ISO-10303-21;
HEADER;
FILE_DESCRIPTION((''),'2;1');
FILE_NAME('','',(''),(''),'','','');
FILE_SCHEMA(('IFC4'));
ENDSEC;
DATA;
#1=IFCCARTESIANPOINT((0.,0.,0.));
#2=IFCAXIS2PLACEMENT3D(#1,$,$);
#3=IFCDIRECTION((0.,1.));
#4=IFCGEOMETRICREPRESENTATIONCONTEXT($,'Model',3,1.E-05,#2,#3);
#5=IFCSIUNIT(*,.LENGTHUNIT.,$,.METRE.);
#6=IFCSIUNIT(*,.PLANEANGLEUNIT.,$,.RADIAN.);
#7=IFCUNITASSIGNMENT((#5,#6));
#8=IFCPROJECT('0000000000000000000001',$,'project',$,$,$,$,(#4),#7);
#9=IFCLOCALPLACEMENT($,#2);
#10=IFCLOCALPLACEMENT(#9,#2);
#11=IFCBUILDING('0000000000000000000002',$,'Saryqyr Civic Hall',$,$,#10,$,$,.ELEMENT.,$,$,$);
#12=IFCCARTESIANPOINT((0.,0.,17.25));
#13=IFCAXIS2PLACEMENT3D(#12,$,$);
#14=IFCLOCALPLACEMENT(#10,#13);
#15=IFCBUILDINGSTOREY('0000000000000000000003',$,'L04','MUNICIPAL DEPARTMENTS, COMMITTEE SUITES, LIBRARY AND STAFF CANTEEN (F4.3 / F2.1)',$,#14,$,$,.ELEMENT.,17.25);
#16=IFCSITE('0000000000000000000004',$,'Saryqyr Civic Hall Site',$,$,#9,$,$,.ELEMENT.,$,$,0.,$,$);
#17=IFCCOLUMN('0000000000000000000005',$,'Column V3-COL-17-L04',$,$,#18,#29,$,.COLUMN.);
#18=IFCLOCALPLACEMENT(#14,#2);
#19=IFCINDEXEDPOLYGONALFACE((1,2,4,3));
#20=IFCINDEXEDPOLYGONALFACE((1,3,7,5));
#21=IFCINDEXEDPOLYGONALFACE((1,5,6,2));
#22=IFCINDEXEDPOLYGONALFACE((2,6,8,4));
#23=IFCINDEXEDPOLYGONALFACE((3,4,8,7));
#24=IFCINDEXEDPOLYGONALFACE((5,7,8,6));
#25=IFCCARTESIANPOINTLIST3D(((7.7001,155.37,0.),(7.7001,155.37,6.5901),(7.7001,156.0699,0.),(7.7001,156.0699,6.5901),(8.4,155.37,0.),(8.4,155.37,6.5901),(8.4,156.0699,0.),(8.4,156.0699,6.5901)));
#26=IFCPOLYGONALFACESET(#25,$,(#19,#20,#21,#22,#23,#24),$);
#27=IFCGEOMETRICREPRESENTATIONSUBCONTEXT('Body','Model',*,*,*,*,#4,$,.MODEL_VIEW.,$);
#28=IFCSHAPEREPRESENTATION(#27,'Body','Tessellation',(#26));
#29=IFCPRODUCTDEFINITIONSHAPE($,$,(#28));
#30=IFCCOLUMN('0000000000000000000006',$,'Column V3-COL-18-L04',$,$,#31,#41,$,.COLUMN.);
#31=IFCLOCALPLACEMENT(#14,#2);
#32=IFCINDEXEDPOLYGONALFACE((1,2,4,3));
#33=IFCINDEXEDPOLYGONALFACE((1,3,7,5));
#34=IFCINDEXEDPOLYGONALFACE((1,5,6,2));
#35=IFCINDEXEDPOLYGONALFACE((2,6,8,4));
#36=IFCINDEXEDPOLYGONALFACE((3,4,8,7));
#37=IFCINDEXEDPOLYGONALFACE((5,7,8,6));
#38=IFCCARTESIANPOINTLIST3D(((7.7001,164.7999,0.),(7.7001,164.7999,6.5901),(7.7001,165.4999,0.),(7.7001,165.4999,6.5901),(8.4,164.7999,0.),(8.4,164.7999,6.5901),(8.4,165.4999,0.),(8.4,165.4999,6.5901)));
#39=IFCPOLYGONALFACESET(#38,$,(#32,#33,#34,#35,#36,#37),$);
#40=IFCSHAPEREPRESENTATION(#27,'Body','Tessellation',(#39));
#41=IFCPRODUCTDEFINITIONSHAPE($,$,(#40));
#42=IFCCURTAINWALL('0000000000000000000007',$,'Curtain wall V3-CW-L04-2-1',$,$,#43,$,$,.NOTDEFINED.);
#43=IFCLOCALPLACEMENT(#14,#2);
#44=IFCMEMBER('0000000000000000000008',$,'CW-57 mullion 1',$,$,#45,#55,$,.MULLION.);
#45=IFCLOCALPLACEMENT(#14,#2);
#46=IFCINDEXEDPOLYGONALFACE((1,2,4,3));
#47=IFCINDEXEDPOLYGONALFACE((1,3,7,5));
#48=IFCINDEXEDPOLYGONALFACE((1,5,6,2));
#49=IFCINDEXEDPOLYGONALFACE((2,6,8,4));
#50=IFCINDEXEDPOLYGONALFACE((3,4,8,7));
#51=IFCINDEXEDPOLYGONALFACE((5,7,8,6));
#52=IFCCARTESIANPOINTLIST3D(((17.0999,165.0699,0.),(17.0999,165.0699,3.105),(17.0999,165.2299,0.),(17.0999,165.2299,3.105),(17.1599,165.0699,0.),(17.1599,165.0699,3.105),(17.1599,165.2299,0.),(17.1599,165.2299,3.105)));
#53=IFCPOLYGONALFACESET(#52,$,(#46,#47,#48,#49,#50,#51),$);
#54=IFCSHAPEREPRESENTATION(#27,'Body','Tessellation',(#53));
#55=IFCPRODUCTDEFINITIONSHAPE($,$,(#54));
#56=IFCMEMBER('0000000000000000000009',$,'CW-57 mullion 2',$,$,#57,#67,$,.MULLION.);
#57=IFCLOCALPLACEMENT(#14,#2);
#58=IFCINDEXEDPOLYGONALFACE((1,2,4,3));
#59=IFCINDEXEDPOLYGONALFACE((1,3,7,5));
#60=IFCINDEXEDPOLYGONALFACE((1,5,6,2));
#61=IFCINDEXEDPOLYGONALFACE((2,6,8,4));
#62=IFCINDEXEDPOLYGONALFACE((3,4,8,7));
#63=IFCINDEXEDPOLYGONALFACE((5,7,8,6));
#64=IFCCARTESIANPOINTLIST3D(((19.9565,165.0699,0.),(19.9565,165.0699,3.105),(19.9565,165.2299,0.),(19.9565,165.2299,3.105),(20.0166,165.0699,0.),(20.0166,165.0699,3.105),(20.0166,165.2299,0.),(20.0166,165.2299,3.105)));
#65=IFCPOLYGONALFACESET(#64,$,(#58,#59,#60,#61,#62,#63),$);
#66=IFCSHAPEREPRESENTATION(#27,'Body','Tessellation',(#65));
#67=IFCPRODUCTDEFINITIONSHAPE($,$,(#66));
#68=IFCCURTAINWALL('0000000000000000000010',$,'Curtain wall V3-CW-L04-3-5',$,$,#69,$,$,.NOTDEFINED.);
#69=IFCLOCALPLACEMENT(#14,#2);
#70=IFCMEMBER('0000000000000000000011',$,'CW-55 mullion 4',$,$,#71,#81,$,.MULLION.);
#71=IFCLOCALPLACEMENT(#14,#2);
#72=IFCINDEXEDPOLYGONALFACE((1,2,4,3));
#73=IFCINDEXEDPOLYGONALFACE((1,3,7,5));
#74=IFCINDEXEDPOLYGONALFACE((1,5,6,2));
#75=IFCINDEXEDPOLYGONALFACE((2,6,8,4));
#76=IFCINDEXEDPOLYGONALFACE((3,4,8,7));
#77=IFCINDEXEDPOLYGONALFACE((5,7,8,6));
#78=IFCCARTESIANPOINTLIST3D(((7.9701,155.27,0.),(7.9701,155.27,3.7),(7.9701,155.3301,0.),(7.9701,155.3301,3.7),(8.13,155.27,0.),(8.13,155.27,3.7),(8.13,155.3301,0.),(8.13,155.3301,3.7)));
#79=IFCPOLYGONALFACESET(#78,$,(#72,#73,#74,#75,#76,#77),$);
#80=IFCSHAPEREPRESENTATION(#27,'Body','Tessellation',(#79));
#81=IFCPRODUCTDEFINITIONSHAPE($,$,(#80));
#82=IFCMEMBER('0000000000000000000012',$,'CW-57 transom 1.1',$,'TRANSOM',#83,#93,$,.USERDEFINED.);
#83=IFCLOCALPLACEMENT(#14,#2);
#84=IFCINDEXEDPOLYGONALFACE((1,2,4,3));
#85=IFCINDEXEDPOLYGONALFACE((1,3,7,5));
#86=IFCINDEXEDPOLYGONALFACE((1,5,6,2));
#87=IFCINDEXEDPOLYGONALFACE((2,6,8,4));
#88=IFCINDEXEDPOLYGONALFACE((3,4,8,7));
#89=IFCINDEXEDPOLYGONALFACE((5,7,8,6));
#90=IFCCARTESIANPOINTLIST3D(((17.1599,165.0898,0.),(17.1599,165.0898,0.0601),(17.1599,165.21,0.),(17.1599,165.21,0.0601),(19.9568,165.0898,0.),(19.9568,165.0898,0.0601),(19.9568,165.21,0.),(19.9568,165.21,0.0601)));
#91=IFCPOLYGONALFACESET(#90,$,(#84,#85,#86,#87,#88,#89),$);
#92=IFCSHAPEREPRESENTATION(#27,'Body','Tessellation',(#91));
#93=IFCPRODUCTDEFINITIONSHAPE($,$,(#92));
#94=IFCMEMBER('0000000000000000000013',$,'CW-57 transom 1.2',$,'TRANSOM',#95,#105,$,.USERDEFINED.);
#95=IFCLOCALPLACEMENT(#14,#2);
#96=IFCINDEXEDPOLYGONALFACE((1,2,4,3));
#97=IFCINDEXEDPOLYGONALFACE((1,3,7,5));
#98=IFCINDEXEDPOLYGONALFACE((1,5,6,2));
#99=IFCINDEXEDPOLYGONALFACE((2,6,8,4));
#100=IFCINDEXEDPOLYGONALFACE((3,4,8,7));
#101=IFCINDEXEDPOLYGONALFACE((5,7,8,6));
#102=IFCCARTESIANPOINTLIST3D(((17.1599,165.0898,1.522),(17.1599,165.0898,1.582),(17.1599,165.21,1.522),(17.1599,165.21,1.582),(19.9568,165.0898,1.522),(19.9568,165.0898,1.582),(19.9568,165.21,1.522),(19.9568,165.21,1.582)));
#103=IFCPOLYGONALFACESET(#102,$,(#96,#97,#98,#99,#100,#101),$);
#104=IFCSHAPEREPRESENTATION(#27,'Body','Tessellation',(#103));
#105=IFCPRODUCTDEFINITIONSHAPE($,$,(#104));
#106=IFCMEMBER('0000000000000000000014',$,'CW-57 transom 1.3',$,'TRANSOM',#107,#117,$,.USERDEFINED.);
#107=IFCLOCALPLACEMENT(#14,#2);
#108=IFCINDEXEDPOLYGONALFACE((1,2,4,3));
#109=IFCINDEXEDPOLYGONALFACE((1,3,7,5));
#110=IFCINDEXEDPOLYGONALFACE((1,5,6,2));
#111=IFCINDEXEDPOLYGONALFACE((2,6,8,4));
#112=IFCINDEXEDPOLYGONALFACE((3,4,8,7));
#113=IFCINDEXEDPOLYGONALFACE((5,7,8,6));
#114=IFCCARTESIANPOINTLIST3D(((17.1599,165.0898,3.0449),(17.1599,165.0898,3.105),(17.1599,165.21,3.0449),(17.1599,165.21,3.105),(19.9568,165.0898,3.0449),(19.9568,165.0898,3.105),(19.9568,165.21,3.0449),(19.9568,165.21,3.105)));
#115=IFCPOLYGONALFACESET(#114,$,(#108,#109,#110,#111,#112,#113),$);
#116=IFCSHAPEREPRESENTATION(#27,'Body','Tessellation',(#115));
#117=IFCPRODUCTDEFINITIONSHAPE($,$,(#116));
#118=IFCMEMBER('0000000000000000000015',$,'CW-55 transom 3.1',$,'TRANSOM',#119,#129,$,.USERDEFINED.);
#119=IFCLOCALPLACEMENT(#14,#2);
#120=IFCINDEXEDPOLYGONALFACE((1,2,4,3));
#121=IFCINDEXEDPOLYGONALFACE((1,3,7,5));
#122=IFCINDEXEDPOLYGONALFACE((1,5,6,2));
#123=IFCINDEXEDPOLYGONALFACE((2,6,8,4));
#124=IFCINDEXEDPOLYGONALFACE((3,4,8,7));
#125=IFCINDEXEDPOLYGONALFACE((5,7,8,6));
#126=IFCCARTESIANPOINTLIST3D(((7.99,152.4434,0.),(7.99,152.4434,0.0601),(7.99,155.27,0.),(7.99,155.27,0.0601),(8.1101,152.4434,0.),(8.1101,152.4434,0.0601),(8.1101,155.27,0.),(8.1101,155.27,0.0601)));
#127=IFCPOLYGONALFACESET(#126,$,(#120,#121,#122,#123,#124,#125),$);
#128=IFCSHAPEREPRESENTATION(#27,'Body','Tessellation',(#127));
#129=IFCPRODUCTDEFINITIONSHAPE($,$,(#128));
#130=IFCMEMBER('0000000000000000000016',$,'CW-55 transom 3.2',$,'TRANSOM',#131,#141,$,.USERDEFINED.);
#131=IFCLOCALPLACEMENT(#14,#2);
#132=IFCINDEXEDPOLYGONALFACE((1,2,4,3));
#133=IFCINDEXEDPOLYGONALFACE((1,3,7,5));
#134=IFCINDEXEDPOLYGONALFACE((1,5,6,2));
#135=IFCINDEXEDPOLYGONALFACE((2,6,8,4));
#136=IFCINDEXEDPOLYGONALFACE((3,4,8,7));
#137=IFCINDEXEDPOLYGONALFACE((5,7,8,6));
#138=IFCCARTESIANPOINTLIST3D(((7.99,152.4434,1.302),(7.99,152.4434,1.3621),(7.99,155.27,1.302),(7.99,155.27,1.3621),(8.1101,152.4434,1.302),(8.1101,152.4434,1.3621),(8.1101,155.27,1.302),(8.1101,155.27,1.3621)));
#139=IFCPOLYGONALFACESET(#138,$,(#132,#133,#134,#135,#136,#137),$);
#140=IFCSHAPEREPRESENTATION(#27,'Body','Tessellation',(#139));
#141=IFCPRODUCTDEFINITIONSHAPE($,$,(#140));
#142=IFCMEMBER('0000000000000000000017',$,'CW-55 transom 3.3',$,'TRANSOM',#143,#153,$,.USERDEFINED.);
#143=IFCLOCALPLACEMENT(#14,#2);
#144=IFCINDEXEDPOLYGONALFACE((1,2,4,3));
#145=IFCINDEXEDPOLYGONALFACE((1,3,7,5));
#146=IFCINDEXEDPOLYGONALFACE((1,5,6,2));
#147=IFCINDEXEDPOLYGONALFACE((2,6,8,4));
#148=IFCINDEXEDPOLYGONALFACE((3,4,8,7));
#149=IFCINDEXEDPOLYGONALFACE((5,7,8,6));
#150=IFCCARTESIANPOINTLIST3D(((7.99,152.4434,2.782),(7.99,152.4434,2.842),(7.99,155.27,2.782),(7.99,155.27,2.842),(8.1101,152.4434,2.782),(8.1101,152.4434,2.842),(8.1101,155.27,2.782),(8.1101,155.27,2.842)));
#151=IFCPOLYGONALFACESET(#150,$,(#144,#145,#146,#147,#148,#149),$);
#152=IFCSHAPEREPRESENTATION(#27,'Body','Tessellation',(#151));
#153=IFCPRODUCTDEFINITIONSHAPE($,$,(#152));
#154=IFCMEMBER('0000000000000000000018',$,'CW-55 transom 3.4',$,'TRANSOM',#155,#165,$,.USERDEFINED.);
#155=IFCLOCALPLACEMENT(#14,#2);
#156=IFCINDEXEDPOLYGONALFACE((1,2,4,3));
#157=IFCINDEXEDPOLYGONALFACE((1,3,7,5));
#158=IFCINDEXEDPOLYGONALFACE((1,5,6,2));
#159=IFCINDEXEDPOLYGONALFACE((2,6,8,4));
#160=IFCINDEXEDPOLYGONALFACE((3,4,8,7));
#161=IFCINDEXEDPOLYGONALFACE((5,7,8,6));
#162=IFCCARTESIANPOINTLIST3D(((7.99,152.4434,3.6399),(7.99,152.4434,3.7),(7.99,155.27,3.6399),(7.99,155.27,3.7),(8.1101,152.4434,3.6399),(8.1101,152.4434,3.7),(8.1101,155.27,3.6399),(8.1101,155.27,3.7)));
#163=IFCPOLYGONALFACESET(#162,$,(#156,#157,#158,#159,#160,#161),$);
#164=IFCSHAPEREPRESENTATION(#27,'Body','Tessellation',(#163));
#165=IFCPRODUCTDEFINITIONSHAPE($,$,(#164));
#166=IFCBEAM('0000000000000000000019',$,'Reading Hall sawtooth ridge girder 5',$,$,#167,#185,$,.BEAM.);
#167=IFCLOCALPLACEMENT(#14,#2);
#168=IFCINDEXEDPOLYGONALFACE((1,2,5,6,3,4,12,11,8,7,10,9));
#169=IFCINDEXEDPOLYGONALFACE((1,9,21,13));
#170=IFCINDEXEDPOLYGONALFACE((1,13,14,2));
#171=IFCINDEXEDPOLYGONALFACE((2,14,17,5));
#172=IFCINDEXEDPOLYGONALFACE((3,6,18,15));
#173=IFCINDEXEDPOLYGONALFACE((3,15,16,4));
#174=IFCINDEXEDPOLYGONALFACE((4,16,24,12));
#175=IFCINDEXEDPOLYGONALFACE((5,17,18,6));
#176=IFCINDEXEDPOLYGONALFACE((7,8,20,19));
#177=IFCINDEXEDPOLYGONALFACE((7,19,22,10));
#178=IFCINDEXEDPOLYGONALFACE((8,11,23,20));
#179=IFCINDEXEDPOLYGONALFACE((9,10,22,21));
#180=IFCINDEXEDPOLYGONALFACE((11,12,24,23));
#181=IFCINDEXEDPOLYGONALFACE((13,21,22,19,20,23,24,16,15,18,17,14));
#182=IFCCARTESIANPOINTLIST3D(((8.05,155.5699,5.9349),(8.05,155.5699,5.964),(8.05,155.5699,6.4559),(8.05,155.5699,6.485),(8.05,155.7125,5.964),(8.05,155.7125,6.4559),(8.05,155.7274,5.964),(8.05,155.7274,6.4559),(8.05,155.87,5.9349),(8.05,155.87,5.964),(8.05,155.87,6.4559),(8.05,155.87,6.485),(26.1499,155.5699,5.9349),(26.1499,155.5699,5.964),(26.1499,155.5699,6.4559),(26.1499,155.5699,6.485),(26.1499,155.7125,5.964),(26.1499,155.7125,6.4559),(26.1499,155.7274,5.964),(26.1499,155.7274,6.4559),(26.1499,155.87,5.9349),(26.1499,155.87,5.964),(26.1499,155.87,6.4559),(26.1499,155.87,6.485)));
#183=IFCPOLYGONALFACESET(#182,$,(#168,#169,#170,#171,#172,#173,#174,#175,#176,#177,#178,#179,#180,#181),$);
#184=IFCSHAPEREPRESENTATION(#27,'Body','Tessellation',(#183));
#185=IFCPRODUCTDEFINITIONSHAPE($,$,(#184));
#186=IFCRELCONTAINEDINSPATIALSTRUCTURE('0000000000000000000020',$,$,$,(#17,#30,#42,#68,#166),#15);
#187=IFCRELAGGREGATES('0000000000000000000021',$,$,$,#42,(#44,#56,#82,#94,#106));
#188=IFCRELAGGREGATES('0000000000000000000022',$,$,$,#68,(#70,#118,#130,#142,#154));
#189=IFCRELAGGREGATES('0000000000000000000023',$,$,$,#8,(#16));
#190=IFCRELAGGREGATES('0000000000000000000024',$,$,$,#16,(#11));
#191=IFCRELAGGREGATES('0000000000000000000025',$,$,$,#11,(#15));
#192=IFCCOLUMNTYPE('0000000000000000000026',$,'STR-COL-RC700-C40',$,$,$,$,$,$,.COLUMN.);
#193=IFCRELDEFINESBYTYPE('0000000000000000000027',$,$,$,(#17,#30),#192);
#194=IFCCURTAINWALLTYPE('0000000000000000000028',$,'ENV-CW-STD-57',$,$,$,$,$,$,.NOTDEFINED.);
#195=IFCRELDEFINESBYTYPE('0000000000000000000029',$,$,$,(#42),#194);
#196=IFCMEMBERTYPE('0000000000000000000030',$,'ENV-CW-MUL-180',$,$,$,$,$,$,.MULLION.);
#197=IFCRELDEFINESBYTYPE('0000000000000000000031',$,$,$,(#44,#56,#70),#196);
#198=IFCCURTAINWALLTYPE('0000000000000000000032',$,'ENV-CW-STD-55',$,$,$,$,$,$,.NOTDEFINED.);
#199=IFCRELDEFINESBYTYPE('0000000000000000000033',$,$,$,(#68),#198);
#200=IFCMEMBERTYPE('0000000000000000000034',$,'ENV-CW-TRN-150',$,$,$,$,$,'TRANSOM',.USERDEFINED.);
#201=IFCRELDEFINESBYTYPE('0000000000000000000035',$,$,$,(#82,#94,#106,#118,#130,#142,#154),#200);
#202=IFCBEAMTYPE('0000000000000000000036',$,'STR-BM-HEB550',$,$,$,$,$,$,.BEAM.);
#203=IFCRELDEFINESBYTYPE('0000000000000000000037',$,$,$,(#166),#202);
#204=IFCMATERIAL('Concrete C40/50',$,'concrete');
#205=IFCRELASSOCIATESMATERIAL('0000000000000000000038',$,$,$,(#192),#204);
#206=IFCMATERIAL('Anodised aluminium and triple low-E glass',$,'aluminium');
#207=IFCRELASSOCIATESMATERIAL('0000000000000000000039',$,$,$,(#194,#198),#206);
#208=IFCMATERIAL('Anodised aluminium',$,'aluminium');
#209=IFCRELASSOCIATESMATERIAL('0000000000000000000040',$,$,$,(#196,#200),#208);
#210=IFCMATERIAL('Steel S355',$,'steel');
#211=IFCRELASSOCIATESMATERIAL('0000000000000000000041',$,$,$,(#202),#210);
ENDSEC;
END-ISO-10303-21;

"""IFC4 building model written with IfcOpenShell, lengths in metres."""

from ifc_helpers import new_model, si_unit, direction, frame, origin, origin_2d, place, context, subcontext, project, spatial, rectangle, i_section, extrude, material, material_profile, profile_set, type_object, element, aggregate, save


model = new_model("IFC4")

# Units and contexts
model_context = context("Model", 3, precision=1e-05, world=origin(), true_north=direction((0.0, 1.0)))
body_context = subcontext(model_context, "Body", "Model", "MODEL_VIEW")
ifc_project = project(units=[si_unit("LENGTHUNIT", "METRE"), si_unit("PLANEANGLEUNIT", "RADIAN")], contexts=[model_context])

# Site, building, storey
site_placement = place(None, origin())
site = spatial("IfcSite", under=ifc_project, at=site_placement, Name="Saryqyr Civic Hall Site", CompositionType="ELEMENT", RefElevation=0.0)
building_placement = place(site_placement, origin())
building = spatial("IfcBuilding", under=site, at=building_placement, Name="Saryqyr Civic Hall", CompositionType="ELEMENT")
storey_placement = place(building_placement, frame((0.0, 0.0, 17.25)))
storey = spatial("IfcBuildingStorey", under=building, at=storey_placement, Name="L04", Description="MUNICIPAL DEPARTMENTS, COMMITTEE SUITES, LIBRARY AND STAFF CANTEEN (F4.3 / F2.1)", CompositionType="ELEMENT", Elevation=17.25)

# Columns
ifc_material_1 = material(Name="Concrete C40/50", Category="concrete")
ifc_material_profile_1 = material_profile(ifc_material_1, rectangle(XDim=0.7, YDim=0.7, at=origin_2d()), Name="RC 700x700")
ifc_profile_set_1 = profile_set([ifc_material_profile_1], Name="Concrete C40/50")
column_type = type_object("IfcColumnType", Name="STR-COL-RC700-C40", PredefinedType="COLUMN", material=ifc_profile_set_1)
for number, where, z_axis, x_axis, name in (
    (1, (8.05, 155.72, 0.0), (0.0, 0.0, 1.0), (1.0, 0.0, 0.0), "Column V3-COL-17-L04"),
    (2, (8.05, 165.1499, 0.0), (0.0, 0.0, 1.0), (1.0, 0.0, 0.0), "Column V3-COL-18-L04"),
):
    element("IfcColumn", number, at=place(storey_placement, frame(where, z_axis=z_axis, x_axis=x_axis)), inside=storey, type_object=column_type, Name=name, PredefinedType="COLUMN", context=body_context, shape_type="SweptSolid", body=[
        extrude(rectangle(XDim=0.7, YDim=0.7, at=origin_2d()), origin(), (0.0, 0.0, 1.0), 6.5901),
    ])

# Curtain wall, members
ifc_material_2 = material(Name="Anodised aluminium and triple low-E glass", Category="aluminium")
curtain_wall_type_1 = type_object("IfcCurtainWallType", Name="ENV-CW-STD-57", PredefinedType="NOTDEFINED", material=ifc_material_2)
curtain_wall_1_placement = place(storey_placement, origin())
curtain_wall_1 = element("IfcCurtainWall", 3, at=curtain_wall_1_placement, inside=storey, type_object=curtain_wall_type_1, Name="Curtain wall V3-CW-L04-2-1", PredefinedType="NOTDEFINED")
ifc_material_3 = material(Name="Anodised aluminium", Category="aluminium")
ifc_material_profile_2 = material_profile(ifc_material_3, rectangle(XDim=0.0601, YDim=0.1599, at=origin_2d()), Name="ALU MULLION 60x160")
ifc_profile_set_2 = profile_set([ifc_material_profile_2], Name="Anodised aluminium")
member_type_1 = type_object("IfcMemberType", Name="ENV-CW-MUL-180", PredefinedType="MULLION", material=ifc_profile_set_2)
member_1_placement = place(storey_placement, frame((17.1299, 165.1499, 0.0), z_axis=(0.0, 0.0, 1.0), x_axis=(1.0, 0.0, 0.0)))
member_1 = element("IfcMember", 4, at=member_1_placement, type_object=member_type_1, Name="CW-57 mullion 1", PredefinedType="MULLION", context=body_context, shape_type="SweptSolid", body=[
    extrude(rectangle(XDim=0.0601, YDim=0.1599, at=origin_2d()), origin(), (0.0, 0.0, 1.0), 3.105),
])
member_2_placement = place(storey_placement, frame((19.9866, 165.1499, 0.0), z_axis=(0.0, 0.0, 1.0), x_axis=(1.0, 0.0, 0.0)))
member_2 = element("IfcMember", 5, at=member_2_placement, type_object=member_type_1, Name="CW-57 mullion 2", PredefinedType="MULLION", context=body_context, shape_type="SweptSolid", body=[
    extrude(rectangle(XDim=0.0601, YDim=0.1599, at=origin_2d()), origin(), (0.0, 0.0, 1.0), 3.105),
])

# Curtain wall, member
curtain_wall_type_2 = type_object("IfcCurtainWallType", Name="ENV-CW-STD-55", PredefinedType="NOTDEFINED", material=ifc_material_2)
curtain_wall_2_placement = place(storey_placement, origin())
curtain_wall_2 = element("IfcCurtainWall", 6, at=curtain_wall_2_placement, inside=storey, type_object=curtain_wall_type_2, Name="Curtain wall V3-CW-L04-3-5", PredefinedType="NOTDEFINED")
member_3_placement = place(storey_placement, frame((8.05, 155.3, 0.0), z_axis=(0.0, 0.0, 1.0), x_axis=(0.0, 1.0, 0.0)))
member_3 = element("IfcMember", 7, at=member_3_placement, type_object=member_type_1, Name="CW-55 mullion 4", PredefinedType="MULLION", context=body_context, shape_type="SweptSolid", body=[
    extrude(rectangle(XDim=0.0601, YDim=0.1599, at=origin_2d()), origin(), (0.0, 0.0, 1.0), 3.7),
])

# Members
ifc_material_profile_3 = material_profile(ifc_material_3, rectangle(XDim=0.1201, YDim=0.0601, at=origin_2d()), Name="ALU TRANSOM 120x60")
ifc_profile_set_3 = profile_set([ifc_material_profile_3], Name="Anodised aluminium")
member_type_2 = type_object("IfcMemberType", Name="ENV-CW-TRN-150", ElementType="TRANSOM", PredefinedType="USERDEFINED", material=ifc_profile_set_3)
member_4_placement = place(storey_placement, frame((17.1599, 165.1499, 0.03), z_axis=(1.0, 0.0, 0.0), x_axis=(0.0, 1.0, 0.0)))
member_4 = element("IfcMember", 8, at=member_4_placement, type_object=member_type_2, Name="CW-57 transom 1.1", ObjectType="TRANSOM", PredefinedType="USERDEFINED", context=body_context, shape_type="SweptSolid", body=[
    extrude(rectangle(XDim=0.1201, YDim=0.0601, at=origin_2d()), origin(), (0.0, 0.0, 1.0), 2.7969),
])
member_5_placement = place(storey_placement, frame((17.1599, 165.1499, 1.552), z_axis=(1.0, 0.0, 0.0), x_axis=(0.0, 1.0, 0.0)))
member_5 = element("IfcMember", 9, at=member_5_placement, type_object=member_type_2, Name="CW-57 transom 1.2", ObjectType="TRANSOM", PredefinedType="USERDEFINED", context=body_context, shape_type="SweptSolid", body=[
    extrude(rectangle(XDim=0.1201, YDim=0.0601, at=origin_2d()), origin(), (0.0, 0.0, 1.0), 2.7969),
])
member_6_placement = place(storey_placement, frame((17.1599, 165.1499, 3.075), z_axis=(1.0, 0.0, 0.0), x_axis=(0.0, 1.0, 0.0)))
member_6 = element("IfcMember", 10, at=member_6_placement, type_object=member_type_2, Name="CW-57 transom 1.3", ObjectType="TRANSOM", PredefinedType="USERDEFINED", context=body_context, shape_type="SweptSolid", body=[
    extrude(rectangle(XDim=0.1201, YDim=0.0601, at=origin_2d()), origin(), (0.0, 0.0, 1.0), 2.7969),
])
member_7_placement = place(storey_placement, frame((8.05, 152.4434, 0.03), z_axis=(0.0, 1.0, 0.0), x_axis=(-1.0, 0.0, 0.0)))
member_7 = element("IfcMember", 11, at=member_7_placement, type_object=member_type_2, Name="CW-55 transom 3.1", ObjectType="TRANSOM", PredefinedType="USERDEFINED", context=body_context, shape_type="SweptSolid", body=[
    extrude(rectangle(XDim=0.1201, YDim=0.0601, at=origin_2d()), origin(), (0.0, 0.0, 1.0), 2.8267),
])
member_8_placement = place(storey_placement, frame((8.05, 152.4434, 1.332), z_axis=(0.0, 1.0, 0.0), x_axis=(-1.0, 0.0, 0.0)))
member_8 = element("IfcMember", 12, at=member_8_placement, type_object=member_type_2, Name="CW-55 transom 3.2", ObjectType="TRANSOM", PredefinedType="USERDEFINED", context=body_context, shape_type="SweptSolid", body=[
    extrude(rectangle(XDim=0.1201, YDim=0.0601, at=origin_2d()), origin(), (0.0, 0.0, 1.0), 2.8267),
])
member_9_placement = place(storey_placement, frame((8.05, 152.4434, 2.812), z_axis=(0.0, 1.0, 0.0), x_axis=(-1.0, 0.0, 0.0)))
member_9 = element("IfcMember", 13, at=member_9_placement, type_object=member_type_2, Name="CW-55 transom 3.3", ObjectType="TRANSOM", PredefinedType="USERDEFINED", context=body_context, shape_type="SweptSolid", body=[
    extrude(rectangle(XDim=0.1201, YDim=0.0601, at=origin_2d()), origin(), (0.0, 0.0, 1.0), 2.8267),
])
member_10_placement = place(storey_placement, frame((8.05, 152.4434, 3.6699), z_axis=(0.0, 1.0, 0.0), x_axis=(-1.0, 0.0, 0.0)))
member_10 = element("IfcMember", 14, at=member_10_placement, type_object=member_type_2, Name="CW-55 transom 3.4", ObjectType="TRANSOM", PredefinedType="USERDEFINED", context=body_context, shape_type="SweptSolid", body=[
    extrude(rectangle(XDim=0.1201, YDim=0.0601, at=origin_2d()), origin(), (0.0, 0.0, 1.0), 2.8267),
])

# Beam
ifc_material_4 = material(Name="Steel S355", Category="steel")
ifc_material_profile_4 = material_profile(ifc_material_4, i_section(OverallWidth=0.3, OverallDepth=0.55, WebThickness=0.0149, FlangeThickness=0.0291, at=origin_2d()), Name="HEB 550")
ifc_profile_set_4 = profile_set([ifc_material_profile_4], Name="Steel S355")
beam_type_1 = type_object("IfcBeamType", Name="STR-BM-HEB550", PredefinedType="BEAM", material=ifc_profile_set_4)
for number, where, z_axis, x_axis, name in (
    (15, (8.05, 155.72, 6.21), (1.0, 0.0, 0.0), (0.0, 1.0, 0.0), "Reading Hall sawtooth ridge girder 5"),
):
    element("IfcBeam", number, at=place(storey_placement, frame(where, z_axis=z_axis, x_axis=x_axis)), inside=storey, type_object=beam_type_1, Name=name, PredefinedType="BEAM", context=body_context, shape_type="SweptSolid", body=[
        extrude(i_section(OverallWidth=0.3, OverallDepth=0.55, WebThickness=0.0149, FlangeThickness=0.0291, at=origin_2d()), origin(), (0.0, 0.0, 1.0), 18.0999),
    ])

aggregate(curtain_wall_1, [member_1, member_2, member_4, member_5, member_6])
aggregate(curtain_wall_2, [member_3, member_7, member_8, member_9, member_10])

save(model, "model.ifc")
